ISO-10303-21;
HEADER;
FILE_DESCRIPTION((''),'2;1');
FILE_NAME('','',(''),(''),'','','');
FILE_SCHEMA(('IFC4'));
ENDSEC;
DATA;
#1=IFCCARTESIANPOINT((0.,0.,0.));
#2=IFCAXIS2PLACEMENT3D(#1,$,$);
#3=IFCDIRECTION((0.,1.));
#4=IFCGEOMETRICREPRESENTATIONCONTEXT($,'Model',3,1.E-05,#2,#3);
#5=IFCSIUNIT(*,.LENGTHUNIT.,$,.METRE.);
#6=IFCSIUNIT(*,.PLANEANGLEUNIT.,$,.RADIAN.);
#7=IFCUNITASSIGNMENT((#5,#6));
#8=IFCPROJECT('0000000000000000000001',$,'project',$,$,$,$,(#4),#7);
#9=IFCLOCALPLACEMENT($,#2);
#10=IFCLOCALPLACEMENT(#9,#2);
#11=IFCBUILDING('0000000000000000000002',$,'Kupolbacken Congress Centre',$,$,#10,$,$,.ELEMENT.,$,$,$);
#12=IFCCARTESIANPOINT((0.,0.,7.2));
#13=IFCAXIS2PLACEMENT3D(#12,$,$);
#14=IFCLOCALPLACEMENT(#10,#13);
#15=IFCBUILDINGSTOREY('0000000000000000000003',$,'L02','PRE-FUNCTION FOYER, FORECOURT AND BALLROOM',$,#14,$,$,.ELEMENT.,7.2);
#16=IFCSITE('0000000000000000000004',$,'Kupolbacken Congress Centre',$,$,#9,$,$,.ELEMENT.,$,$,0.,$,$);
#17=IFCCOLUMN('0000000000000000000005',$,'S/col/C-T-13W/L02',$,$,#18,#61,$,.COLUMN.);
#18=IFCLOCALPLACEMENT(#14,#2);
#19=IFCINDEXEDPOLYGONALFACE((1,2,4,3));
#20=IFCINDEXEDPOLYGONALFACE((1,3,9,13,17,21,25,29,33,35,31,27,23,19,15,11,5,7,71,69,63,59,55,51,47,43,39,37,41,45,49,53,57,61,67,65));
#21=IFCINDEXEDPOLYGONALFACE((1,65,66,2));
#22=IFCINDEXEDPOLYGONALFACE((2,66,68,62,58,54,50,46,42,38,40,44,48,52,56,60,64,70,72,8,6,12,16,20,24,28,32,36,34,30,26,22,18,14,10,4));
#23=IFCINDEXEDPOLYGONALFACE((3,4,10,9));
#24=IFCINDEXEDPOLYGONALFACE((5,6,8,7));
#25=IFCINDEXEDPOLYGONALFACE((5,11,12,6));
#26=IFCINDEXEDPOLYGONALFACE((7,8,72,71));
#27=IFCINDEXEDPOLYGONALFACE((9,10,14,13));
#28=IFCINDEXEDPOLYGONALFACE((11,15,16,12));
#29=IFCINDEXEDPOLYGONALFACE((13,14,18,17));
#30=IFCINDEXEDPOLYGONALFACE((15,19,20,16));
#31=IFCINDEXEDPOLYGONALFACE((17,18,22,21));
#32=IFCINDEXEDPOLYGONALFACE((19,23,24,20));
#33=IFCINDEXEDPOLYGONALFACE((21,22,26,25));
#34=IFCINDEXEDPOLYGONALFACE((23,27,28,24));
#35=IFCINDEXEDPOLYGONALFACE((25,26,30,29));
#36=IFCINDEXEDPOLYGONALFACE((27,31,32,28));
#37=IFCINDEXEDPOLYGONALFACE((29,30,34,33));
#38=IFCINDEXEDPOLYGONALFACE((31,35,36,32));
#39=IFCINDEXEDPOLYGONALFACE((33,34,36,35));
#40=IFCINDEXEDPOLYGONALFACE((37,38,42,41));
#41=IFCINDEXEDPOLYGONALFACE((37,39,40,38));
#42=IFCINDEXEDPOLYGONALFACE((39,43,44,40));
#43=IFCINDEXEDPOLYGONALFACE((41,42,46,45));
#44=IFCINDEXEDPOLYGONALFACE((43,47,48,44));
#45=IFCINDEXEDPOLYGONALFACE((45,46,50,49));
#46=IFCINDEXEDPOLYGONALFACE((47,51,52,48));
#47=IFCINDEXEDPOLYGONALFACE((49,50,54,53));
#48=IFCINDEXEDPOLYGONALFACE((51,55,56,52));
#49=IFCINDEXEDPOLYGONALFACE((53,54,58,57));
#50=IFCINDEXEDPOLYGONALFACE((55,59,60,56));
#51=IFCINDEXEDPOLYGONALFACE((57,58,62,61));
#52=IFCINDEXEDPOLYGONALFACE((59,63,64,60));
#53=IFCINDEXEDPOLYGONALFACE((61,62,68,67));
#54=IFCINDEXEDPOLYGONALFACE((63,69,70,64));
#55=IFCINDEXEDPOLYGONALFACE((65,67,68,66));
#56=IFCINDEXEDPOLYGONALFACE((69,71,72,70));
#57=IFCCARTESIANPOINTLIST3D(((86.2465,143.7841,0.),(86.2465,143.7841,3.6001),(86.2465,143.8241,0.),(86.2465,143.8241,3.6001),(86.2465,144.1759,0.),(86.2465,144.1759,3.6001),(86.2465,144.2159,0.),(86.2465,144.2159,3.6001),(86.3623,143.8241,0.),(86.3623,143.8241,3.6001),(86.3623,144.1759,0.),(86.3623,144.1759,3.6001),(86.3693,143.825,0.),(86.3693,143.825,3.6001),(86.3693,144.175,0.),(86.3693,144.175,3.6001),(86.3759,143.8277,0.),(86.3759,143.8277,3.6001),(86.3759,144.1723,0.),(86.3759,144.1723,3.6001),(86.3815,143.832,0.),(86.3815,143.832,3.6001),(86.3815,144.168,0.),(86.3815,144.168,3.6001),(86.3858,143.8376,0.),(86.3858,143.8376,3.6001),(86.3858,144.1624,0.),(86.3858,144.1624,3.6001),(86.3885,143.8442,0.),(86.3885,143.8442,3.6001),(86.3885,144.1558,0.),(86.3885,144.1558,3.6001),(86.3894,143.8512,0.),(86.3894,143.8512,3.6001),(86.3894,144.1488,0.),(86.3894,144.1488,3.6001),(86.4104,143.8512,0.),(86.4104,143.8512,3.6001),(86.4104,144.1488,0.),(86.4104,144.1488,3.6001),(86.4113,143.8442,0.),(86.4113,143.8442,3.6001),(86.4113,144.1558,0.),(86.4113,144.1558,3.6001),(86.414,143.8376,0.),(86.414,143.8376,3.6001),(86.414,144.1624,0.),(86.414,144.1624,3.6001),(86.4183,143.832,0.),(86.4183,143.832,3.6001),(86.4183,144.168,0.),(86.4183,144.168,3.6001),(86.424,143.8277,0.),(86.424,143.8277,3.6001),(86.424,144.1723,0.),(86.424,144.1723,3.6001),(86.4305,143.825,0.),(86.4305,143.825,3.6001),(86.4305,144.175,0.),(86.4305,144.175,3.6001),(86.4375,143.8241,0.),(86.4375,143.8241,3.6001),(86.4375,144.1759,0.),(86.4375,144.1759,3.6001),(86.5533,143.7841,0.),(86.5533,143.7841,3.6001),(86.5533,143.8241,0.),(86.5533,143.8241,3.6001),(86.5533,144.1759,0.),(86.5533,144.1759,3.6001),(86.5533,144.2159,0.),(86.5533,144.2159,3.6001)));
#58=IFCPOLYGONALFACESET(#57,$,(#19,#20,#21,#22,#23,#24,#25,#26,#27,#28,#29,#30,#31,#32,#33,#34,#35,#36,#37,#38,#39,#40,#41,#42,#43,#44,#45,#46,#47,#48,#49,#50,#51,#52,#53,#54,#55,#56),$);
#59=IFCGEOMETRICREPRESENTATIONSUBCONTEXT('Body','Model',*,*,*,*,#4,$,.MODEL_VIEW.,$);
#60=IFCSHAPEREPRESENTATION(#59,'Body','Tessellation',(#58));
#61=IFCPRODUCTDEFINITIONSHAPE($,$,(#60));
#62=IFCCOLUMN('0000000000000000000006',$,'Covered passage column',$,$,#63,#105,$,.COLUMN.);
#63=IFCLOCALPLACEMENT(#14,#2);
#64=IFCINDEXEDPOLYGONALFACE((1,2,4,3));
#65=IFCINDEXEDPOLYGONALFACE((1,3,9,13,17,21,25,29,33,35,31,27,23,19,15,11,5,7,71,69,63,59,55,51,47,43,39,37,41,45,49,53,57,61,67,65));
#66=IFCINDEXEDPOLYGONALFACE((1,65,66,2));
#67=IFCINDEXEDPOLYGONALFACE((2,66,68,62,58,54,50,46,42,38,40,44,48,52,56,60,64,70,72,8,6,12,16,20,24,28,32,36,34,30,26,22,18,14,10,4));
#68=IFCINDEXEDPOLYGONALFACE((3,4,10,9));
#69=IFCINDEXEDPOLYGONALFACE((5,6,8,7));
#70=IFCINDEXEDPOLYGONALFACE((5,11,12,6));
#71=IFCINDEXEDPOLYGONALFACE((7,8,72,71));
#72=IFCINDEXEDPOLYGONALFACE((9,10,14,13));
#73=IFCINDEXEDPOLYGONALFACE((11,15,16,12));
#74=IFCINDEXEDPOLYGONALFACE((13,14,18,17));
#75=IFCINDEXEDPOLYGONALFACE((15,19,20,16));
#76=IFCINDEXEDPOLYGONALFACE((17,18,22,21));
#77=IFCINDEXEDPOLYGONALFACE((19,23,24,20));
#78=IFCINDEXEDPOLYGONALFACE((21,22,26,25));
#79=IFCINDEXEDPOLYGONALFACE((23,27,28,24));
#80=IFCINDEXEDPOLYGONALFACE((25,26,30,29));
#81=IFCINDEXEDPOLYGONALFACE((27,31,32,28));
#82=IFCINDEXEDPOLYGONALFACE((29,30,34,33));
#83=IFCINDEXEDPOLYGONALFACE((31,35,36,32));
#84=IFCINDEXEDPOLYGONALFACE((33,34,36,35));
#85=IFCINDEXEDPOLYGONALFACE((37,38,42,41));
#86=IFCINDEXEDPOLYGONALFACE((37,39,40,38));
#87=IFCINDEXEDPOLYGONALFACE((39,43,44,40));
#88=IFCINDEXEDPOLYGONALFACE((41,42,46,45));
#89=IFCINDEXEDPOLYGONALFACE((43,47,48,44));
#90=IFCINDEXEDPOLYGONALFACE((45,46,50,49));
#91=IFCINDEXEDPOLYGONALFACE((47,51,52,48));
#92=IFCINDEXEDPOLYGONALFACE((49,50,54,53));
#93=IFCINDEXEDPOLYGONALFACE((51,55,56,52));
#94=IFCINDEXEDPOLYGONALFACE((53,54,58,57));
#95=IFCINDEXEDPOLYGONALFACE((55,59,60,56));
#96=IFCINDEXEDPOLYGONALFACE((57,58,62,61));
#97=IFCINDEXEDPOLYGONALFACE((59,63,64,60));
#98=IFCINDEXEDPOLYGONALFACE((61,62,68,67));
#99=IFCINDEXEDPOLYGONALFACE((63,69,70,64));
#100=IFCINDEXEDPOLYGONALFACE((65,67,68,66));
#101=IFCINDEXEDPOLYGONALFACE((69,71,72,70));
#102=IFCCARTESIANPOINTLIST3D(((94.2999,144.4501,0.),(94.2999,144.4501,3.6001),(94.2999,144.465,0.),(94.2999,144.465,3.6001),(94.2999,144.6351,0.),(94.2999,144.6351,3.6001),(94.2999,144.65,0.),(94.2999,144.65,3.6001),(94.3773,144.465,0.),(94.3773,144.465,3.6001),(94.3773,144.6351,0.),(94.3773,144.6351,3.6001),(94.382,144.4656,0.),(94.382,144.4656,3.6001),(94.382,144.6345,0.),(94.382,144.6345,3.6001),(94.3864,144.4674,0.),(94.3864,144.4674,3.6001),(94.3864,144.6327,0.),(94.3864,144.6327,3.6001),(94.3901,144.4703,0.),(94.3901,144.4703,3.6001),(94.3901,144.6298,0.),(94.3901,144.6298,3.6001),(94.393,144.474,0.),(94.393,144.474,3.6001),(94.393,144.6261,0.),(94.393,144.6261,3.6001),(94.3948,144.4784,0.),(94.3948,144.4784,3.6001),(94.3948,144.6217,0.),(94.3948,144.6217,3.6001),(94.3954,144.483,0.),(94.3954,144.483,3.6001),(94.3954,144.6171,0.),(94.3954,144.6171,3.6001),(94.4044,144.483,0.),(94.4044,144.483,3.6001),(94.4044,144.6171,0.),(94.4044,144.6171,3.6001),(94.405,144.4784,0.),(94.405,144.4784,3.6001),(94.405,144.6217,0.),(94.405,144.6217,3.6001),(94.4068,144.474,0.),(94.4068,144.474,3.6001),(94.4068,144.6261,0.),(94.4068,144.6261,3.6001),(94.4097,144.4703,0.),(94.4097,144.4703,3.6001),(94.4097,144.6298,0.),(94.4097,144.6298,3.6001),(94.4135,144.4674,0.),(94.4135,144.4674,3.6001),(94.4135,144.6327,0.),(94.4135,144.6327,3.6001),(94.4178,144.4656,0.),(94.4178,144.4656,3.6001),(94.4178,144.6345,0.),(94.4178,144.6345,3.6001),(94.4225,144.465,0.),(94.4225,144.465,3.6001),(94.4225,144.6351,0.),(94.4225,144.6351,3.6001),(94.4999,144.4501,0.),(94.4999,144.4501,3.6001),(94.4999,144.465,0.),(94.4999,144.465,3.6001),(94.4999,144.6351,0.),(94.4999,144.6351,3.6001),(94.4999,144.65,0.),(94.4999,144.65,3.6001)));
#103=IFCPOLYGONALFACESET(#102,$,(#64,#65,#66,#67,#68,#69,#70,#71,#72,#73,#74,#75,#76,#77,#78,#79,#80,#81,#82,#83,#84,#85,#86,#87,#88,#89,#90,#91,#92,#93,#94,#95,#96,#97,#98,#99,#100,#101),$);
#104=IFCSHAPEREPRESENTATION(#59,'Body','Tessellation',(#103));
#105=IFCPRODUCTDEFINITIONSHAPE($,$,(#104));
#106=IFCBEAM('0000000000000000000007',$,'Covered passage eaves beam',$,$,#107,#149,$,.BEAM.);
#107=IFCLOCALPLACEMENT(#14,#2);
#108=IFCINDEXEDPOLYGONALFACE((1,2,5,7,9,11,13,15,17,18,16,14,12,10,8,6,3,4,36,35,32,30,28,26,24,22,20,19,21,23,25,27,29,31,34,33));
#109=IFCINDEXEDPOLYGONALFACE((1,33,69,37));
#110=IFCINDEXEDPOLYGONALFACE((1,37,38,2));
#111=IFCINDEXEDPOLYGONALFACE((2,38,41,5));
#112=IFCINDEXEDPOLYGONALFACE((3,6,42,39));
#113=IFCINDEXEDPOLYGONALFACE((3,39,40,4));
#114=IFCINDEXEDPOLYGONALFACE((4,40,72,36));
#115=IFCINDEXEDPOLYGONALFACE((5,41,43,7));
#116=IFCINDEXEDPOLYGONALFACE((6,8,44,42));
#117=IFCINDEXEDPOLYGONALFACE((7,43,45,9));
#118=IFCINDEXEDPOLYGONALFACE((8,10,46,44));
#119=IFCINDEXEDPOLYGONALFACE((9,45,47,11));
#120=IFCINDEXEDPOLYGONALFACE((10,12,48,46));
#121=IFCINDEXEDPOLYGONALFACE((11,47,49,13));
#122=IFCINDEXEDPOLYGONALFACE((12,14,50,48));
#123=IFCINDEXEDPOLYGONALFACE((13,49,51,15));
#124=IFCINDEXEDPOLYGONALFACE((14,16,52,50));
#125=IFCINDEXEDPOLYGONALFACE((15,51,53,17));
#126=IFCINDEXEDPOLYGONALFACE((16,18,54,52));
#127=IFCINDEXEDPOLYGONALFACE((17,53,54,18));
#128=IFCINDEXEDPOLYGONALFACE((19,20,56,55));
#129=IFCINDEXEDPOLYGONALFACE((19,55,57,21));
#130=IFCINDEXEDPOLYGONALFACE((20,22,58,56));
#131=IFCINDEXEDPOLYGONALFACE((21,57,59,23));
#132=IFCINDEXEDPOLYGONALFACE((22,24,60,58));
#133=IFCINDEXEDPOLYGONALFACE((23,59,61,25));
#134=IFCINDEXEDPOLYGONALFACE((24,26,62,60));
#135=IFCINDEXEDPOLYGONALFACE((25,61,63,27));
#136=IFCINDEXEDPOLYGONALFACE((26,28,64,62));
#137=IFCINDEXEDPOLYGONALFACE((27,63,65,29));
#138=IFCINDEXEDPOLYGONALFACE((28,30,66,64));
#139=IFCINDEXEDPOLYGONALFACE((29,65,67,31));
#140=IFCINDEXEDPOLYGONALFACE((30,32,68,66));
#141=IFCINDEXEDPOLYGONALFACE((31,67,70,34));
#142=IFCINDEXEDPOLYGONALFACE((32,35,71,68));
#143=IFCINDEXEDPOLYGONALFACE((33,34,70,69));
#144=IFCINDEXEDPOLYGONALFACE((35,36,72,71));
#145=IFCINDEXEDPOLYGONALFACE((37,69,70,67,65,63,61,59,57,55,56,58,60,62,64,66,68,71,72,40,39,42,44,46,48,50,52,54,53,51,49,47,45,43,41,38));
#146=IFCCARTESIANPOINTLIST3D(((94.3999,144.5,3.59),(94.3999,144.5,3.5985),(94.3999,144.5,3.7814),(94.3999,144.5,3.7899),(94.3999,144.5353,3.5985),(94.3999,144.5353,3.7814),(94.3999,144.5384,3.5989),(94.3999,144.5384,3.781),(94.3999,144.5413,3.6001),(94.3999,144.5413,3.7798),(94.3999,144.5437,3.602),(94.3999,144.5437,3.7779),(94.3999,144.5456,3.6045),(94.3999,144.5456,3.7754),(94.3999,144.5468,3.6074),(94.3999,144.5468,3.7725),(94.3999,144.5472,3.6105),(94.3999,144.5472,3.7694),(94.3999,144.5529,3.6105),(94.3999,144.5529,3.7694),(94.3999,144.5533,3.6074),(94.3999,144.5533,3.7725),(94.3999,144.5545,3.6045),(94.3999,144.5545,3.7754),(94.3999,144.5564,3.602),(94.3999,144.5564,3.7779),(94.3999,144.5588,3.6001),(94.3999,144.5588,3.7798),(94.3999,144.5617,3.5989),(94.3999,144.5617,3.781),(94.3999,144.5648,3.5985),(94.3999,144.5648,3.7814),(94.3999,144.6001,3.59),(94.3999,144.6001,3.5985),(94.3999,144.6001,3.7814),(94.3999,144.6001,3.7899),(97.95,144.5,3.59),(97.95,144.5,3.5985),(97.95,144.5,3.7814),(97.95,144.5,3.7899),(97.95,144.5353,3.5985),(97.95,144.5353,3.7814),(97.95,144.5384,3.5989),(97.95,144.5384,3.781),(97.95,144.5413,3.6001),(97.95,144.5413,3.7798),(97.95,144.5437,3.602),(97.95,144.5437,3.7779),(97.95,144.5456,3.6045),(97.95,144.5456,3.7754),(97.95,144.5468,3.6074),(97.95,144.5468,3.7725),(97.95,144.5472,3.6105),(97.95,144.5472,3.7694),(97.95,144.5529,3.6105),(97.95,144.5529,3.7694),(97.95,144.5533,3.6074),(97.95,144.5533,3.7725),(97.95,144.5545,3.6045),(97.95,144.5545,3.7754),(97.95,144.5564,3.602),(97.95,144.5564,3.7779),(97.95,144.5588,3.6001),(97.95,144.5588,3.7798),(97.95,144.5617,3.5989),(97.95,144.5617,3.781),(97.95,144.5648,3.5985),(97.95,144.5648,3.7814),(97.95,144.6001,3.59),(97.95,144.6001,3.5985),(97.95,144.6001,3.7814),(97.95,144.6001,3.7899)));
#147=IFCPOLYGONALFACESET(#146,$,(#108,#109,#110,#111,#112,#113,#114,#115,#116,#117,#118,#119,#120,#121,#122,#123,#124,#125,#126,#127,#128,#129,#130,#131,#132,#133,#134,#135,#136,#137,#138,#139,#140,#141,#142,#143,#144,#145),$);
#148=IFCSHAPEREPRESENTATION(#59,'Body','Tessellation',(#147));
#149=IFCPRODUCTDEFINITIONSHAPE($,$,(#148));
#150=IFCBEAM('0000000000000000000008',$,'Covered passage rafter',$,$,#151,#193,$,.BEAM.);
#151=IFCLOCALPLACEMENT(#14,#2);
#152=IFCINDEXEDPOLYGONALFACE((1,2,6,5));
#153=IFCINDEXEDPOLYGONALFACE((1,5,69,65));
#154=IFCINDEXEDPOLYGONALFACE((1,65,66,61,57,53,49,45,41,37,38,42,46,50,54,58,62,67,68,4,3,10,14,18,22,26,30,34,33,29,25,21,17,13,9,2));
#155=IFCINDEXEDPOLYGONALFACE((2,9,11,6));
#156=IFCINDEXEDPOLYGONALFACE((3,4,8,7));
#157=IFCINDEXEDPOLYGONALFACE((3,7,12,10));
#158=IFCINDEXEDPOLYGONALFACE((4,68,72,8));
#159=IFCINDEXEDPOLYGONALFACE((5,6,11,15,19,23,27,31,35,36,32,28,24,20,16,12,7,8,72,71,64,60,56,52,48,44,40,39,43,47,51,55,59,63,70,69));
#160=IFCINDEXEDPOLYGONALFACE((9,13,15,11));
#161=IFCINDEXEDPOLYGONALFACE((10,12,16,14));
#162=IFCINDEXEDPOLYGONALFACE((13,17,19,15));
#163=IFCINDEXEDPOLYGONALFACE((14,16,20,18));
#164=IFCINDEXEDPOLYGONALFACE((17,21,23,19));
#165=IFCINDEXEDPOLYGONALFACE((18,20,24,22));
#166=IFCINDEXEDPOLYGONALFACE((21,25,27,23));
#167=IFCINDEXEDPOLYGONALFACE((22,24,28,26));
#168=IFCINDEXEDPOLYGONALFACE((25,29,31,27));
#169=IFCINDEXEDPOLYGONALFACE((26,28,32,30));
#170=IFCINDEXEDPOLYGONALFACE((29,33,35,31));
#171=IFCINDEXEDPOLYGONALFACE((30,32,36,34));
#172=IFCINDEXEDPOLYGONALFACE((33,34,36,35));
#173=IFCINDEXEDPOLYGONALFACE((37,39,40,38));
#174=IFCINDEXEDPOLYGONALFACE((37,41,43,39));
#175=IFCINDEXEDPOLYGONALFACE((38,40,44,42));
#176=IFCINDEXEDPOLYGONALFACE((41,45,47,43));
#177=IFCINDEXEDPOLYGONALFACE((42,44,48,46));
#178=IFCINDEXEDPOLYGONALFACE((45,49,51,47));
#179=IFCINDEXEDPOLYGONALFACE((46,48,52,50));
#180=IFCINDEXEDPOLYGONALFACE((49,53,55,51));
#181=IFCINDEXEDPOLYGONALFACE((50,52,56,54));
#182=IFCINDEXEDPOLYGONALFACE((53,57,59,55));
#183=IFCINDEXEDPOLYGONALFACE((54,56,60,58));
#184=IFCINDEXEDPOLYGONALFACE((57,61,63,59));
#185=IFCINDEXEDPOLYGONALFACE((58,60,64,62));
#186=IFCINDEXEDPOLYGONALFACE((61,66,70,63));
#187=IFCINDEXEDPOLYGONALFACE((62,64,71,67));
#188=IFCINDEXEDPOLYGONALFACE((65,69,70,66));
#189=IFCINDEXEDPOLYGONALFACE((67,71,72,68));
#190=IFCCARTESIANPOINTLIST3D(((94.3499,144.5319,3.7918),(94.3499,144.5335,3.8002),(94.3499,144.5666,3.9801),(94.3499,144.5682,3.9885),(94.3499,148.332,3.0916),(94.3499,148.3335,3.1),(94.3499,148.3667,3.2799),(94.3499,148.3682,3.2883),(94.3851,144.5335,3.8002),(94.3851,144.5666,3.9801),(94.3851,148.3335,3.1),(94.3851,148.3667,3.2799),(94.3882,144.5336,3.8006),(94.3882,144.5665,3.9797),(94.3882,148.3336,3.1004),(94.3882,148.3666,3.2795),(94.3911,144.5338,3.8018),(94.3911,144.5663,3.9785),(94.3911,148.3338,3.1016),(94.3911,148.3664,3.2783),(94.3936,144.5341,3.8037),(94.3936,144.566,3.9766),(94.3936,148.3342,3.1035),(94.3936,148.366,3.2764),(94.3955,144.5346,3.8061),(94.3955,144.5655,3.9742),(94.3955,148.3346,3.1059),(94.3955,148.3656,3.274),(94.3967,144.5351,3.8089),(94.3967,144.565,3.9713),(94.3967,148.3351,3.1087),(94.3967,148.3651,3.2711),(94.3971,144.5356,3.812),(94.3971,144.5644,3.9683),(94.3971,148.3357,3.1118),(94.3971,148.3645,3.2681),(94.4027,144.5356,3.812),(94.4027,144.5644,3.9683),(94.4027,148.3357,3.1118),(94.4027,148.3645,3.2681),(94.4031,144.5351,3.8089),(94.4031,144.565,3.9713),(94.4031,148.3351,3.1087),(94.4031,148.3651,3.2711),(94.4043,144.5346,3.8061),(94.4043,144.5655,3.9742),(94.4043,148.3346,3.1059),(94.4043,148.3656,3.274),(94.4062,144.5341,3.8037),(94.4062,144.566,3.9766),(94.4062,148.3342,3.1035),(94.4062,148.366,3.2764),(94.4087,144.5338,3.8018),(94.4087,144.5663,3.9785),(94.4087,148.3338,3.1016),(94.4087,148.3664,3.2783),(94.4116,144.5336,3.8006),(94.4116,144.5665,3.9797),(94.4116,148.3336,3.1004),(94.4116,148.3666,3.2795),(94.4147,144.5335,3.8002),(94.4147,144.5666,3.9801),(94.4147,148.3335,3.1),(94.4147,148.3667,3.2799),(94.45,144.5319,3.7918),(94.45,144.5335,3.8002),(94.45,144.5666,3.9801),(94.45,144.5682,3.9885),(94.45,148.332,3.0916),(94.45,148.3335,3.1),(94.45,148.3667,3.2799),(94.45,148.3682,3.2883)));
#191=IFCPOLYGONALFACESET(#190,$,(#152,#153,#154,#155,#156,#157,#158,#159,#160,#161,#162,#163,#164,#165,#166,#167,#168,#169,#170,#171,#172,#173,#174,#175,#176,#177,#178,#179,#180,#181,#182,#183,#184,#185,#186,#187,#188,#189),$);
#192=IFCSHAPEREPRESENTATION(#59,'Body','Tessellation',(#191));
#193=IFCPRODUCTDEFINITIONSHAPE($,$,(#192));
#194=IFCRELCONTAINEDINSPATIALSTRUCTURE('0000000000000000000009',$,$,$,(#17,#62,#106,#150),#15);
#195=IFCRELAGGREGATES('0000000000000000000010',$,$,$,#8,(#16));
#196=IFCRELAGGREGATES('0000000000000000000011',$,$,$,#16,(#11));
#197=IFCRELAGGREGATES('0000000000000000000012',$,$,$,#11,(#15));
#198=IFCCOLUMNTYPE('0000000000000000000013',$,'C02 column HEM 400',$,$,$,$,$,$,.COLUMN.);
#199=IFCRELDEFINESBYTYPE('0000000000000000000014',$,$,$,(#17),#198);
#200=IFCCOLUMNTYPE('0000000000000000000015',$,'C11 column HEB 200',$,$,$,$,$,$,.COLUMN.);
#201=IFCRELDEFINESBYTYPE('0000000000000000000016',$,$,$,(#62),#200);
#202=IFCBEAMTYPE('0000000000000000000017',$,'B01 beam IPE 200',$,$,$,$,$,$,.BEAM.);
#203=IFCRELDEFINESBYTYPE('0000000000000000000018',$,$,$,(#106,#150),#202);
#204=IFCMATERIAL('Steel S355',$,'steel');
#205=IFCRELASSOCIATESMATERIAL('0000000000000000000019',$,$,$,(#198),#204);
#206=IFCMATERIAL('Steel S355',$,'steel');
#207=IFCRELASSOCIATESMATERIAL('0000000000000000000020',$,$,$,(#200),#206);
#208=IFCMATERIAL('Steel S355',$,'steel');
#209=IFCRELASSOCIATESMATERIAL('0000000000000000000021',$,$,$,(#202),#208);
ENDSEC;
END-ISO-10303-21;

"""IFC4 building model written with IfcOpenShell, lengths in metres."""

from ifc_helpers import new_model, si_unit, direction, frame, origin, origin_2d, place, context, subcontext, project, spatial, i_section, extrude, material, material_profile, profile_set, type_object, element, save


model = new_model("IFC4")

# Units and contexts
model_context = context("Model", 3, precision=1e-05, world=origin(), true_north=direction((0.0, 1.0)))
body_context = subcontext(model_context, "Body", "Model", "MODEL_VIEW")
ifc_project = project(units=[si_unit("LENGTHUNIT", "METRE"), si_unit("PLANEANGLEUNIT", "RADIAN")], contexts=[model_context])

# Site, building, storey
site_placement = place(None, origin())
site = spatial("IfcSite", under=ifc_project, at=site_placement, Name="Kupolbacken Congress Centre", CompositionType="ELEMENT", RefElevation=0.0)
building_placement = place(site_placement, origin())
building = spatial("IfcBuilding", under=site, at=building_placement, Name="Kupolbacken Congress Centre", CompositionType="ELEMENT")
storey_placement = place(building_placement, frame((0.0, 0.0, 7.2)))
storey = spatial("IfcBuildingStorey", under=building, at=storey_placement, Name="L02", Description="PRE-FUNCTION FOYER, FORECOURT AND BALLROOM", CompositionType="ELEMENT", Elevation=7.2)

# Columns
ifc_material_1 = material(Name="Steel S355", Category="steel")
ifc_material_profile_1 = material_profile(ifc_material_1, i_section(OverallWidth=0.3069, OverallDepth=0.4319, WebThickness=0.021, FlangeThickness=0.04, FilletRadius=0.0271, at=origin_2d()), Name="HEM 400")
ifc_profile_set_1 = profile_set([ifc_material_profile_1], Name="Steel S355")
column_type_1 = type_object("IfcColumnType", Name="C02 column HEM 400", PredefinedType="COLUMN", material=ifc_profile_set_1)
column_1_placement = place(storey_placement, frame((86.3999, 144.0, 0.0), z_axis=(0.0, 0.0, 1.0), x_axis=(1.0, 0.0, 0.0)))
element("IfcColumn", 1, at=column_1_placement, inside=storey, type_object=column_type_1, Name="S/col/C-T-13W/L02", PredefinedType="COLUMN", context=body_context, shape_type="SweptSolid", body=[
    extrude(i_section(OverallWidth=0.3069, OverallDepth=0.4319, WebThickness=0.021, FlangeThickness=0.04, FilletRadius=0.0271, at=origin_2d()), origin(), (0.0, 0.0, 1.0), 3.6001),
])
ifc_material_2 = material(Name="Steel S355", Category="steel")
ifc_material_profile_2 = material_profile(ifc_material_2, i_section(OverallWidth=0.2, OverallDepth=0.2, WebThickness=0.009, FlangeThickness=0.0149, FilletRadius=0.0181, at=origin_2d()), Name="HEB 200")
ifc_profile_set_2 = profile_set([ifc_material_profile_2], Name="Steel S355")
column_type_2 = type_object("IfcColumnType", Name="C11 column HEB 200", PredefinedType="COLUMN", material=ifc_profile_set_2)
column_2_placement = place(storey_placement, frame((94.3999, 144.55, 0.0), z_axis=(0.0, 0.0, 1.0), x_axis=(1.0, 0.0, 0.0)))
element("IfcColumn", 2, at=column_2_placement, inside=storey, type_object=column_type_2, Name="Covered passage column", PredefinedType="COLUMN", context=body_context, shape_type="SweptSolid", body=[
    extrude(i_section(OverallWidth=0.2, OverallDepth=0.2, WebThickness=0.009, FlangeThickness=0.0149, FilletRadius=0.0181, at=origin_2d()), origin(), (0.0, 0.0, 1.0), 3.6001),
])

# Beams
ifc_material_3 = material(Name="Steel S355", Category="steel")
ifc_material_profile_3 = material_profile(ifc_material_3, i_section(OverallWidth=0.1001, OverallDepth=0.2, WebThickness=0.0056, FlangeThickness=0.0085, FilletRadius=0.012, at=origin_2d()), Name="IPE 200")
ifc_profile_set_3 = profile_set([ifc_material_profile_3], Name="Steel S355")
beam_type_1 = type_object("IfcBeamType", Name="B01 beam IPE 200", PredefinedType="BEAM", material=ifc_profile_set_3)
beam_1_placement = place(storey_placement, frame((94.3999, 144.55, 3.6899), z_axis=(1.0, 0.0, 0.0), x_axis=(0.0, 1.0, 0.0)))
element("IfcBeam", 3, at=beam_1_placement, inside=storey, type_object=beam_type_1, Name="Covered passage eaves beam", PredefinedType="BEAM", context=body_context, shape_type="SweptSolid", body=[
    extrude(i_section(OverallWidth=0.1001, OverallDepth=0.2, WebThickness=0.0056, FlangeThickness=0.0085, FilletRadius=0.012, at=origin_2d()), origin(), (0.0, 0.0, 1.0), 3.55),
])
beam_2_placement = place(storey_placement, frame((94.3999, 144.55, 3.8901), z_axis=(0.0, 0.983445, -0.181209), x_axis=(-1.0, 0.0, 0.0)))
element("IfcBeam", 4, at=beam_2_placement, inside=storey, type_object=beam_type_1, Name="Covered passage rafter", PredefinedType="BEAM", context=body_context, shape_type="SweptSolid", body=[
    extrude(i_section(OverallWidth=0.1001, OverallDepth=0.2, WebThickness=0.0056, FlangeThickness=0.0085, FilletRadius=0.012, at=origin_2d()), origin(), (0.0, 0.0, 1.0), 3.864),
])

save(model, "model.ifc")
